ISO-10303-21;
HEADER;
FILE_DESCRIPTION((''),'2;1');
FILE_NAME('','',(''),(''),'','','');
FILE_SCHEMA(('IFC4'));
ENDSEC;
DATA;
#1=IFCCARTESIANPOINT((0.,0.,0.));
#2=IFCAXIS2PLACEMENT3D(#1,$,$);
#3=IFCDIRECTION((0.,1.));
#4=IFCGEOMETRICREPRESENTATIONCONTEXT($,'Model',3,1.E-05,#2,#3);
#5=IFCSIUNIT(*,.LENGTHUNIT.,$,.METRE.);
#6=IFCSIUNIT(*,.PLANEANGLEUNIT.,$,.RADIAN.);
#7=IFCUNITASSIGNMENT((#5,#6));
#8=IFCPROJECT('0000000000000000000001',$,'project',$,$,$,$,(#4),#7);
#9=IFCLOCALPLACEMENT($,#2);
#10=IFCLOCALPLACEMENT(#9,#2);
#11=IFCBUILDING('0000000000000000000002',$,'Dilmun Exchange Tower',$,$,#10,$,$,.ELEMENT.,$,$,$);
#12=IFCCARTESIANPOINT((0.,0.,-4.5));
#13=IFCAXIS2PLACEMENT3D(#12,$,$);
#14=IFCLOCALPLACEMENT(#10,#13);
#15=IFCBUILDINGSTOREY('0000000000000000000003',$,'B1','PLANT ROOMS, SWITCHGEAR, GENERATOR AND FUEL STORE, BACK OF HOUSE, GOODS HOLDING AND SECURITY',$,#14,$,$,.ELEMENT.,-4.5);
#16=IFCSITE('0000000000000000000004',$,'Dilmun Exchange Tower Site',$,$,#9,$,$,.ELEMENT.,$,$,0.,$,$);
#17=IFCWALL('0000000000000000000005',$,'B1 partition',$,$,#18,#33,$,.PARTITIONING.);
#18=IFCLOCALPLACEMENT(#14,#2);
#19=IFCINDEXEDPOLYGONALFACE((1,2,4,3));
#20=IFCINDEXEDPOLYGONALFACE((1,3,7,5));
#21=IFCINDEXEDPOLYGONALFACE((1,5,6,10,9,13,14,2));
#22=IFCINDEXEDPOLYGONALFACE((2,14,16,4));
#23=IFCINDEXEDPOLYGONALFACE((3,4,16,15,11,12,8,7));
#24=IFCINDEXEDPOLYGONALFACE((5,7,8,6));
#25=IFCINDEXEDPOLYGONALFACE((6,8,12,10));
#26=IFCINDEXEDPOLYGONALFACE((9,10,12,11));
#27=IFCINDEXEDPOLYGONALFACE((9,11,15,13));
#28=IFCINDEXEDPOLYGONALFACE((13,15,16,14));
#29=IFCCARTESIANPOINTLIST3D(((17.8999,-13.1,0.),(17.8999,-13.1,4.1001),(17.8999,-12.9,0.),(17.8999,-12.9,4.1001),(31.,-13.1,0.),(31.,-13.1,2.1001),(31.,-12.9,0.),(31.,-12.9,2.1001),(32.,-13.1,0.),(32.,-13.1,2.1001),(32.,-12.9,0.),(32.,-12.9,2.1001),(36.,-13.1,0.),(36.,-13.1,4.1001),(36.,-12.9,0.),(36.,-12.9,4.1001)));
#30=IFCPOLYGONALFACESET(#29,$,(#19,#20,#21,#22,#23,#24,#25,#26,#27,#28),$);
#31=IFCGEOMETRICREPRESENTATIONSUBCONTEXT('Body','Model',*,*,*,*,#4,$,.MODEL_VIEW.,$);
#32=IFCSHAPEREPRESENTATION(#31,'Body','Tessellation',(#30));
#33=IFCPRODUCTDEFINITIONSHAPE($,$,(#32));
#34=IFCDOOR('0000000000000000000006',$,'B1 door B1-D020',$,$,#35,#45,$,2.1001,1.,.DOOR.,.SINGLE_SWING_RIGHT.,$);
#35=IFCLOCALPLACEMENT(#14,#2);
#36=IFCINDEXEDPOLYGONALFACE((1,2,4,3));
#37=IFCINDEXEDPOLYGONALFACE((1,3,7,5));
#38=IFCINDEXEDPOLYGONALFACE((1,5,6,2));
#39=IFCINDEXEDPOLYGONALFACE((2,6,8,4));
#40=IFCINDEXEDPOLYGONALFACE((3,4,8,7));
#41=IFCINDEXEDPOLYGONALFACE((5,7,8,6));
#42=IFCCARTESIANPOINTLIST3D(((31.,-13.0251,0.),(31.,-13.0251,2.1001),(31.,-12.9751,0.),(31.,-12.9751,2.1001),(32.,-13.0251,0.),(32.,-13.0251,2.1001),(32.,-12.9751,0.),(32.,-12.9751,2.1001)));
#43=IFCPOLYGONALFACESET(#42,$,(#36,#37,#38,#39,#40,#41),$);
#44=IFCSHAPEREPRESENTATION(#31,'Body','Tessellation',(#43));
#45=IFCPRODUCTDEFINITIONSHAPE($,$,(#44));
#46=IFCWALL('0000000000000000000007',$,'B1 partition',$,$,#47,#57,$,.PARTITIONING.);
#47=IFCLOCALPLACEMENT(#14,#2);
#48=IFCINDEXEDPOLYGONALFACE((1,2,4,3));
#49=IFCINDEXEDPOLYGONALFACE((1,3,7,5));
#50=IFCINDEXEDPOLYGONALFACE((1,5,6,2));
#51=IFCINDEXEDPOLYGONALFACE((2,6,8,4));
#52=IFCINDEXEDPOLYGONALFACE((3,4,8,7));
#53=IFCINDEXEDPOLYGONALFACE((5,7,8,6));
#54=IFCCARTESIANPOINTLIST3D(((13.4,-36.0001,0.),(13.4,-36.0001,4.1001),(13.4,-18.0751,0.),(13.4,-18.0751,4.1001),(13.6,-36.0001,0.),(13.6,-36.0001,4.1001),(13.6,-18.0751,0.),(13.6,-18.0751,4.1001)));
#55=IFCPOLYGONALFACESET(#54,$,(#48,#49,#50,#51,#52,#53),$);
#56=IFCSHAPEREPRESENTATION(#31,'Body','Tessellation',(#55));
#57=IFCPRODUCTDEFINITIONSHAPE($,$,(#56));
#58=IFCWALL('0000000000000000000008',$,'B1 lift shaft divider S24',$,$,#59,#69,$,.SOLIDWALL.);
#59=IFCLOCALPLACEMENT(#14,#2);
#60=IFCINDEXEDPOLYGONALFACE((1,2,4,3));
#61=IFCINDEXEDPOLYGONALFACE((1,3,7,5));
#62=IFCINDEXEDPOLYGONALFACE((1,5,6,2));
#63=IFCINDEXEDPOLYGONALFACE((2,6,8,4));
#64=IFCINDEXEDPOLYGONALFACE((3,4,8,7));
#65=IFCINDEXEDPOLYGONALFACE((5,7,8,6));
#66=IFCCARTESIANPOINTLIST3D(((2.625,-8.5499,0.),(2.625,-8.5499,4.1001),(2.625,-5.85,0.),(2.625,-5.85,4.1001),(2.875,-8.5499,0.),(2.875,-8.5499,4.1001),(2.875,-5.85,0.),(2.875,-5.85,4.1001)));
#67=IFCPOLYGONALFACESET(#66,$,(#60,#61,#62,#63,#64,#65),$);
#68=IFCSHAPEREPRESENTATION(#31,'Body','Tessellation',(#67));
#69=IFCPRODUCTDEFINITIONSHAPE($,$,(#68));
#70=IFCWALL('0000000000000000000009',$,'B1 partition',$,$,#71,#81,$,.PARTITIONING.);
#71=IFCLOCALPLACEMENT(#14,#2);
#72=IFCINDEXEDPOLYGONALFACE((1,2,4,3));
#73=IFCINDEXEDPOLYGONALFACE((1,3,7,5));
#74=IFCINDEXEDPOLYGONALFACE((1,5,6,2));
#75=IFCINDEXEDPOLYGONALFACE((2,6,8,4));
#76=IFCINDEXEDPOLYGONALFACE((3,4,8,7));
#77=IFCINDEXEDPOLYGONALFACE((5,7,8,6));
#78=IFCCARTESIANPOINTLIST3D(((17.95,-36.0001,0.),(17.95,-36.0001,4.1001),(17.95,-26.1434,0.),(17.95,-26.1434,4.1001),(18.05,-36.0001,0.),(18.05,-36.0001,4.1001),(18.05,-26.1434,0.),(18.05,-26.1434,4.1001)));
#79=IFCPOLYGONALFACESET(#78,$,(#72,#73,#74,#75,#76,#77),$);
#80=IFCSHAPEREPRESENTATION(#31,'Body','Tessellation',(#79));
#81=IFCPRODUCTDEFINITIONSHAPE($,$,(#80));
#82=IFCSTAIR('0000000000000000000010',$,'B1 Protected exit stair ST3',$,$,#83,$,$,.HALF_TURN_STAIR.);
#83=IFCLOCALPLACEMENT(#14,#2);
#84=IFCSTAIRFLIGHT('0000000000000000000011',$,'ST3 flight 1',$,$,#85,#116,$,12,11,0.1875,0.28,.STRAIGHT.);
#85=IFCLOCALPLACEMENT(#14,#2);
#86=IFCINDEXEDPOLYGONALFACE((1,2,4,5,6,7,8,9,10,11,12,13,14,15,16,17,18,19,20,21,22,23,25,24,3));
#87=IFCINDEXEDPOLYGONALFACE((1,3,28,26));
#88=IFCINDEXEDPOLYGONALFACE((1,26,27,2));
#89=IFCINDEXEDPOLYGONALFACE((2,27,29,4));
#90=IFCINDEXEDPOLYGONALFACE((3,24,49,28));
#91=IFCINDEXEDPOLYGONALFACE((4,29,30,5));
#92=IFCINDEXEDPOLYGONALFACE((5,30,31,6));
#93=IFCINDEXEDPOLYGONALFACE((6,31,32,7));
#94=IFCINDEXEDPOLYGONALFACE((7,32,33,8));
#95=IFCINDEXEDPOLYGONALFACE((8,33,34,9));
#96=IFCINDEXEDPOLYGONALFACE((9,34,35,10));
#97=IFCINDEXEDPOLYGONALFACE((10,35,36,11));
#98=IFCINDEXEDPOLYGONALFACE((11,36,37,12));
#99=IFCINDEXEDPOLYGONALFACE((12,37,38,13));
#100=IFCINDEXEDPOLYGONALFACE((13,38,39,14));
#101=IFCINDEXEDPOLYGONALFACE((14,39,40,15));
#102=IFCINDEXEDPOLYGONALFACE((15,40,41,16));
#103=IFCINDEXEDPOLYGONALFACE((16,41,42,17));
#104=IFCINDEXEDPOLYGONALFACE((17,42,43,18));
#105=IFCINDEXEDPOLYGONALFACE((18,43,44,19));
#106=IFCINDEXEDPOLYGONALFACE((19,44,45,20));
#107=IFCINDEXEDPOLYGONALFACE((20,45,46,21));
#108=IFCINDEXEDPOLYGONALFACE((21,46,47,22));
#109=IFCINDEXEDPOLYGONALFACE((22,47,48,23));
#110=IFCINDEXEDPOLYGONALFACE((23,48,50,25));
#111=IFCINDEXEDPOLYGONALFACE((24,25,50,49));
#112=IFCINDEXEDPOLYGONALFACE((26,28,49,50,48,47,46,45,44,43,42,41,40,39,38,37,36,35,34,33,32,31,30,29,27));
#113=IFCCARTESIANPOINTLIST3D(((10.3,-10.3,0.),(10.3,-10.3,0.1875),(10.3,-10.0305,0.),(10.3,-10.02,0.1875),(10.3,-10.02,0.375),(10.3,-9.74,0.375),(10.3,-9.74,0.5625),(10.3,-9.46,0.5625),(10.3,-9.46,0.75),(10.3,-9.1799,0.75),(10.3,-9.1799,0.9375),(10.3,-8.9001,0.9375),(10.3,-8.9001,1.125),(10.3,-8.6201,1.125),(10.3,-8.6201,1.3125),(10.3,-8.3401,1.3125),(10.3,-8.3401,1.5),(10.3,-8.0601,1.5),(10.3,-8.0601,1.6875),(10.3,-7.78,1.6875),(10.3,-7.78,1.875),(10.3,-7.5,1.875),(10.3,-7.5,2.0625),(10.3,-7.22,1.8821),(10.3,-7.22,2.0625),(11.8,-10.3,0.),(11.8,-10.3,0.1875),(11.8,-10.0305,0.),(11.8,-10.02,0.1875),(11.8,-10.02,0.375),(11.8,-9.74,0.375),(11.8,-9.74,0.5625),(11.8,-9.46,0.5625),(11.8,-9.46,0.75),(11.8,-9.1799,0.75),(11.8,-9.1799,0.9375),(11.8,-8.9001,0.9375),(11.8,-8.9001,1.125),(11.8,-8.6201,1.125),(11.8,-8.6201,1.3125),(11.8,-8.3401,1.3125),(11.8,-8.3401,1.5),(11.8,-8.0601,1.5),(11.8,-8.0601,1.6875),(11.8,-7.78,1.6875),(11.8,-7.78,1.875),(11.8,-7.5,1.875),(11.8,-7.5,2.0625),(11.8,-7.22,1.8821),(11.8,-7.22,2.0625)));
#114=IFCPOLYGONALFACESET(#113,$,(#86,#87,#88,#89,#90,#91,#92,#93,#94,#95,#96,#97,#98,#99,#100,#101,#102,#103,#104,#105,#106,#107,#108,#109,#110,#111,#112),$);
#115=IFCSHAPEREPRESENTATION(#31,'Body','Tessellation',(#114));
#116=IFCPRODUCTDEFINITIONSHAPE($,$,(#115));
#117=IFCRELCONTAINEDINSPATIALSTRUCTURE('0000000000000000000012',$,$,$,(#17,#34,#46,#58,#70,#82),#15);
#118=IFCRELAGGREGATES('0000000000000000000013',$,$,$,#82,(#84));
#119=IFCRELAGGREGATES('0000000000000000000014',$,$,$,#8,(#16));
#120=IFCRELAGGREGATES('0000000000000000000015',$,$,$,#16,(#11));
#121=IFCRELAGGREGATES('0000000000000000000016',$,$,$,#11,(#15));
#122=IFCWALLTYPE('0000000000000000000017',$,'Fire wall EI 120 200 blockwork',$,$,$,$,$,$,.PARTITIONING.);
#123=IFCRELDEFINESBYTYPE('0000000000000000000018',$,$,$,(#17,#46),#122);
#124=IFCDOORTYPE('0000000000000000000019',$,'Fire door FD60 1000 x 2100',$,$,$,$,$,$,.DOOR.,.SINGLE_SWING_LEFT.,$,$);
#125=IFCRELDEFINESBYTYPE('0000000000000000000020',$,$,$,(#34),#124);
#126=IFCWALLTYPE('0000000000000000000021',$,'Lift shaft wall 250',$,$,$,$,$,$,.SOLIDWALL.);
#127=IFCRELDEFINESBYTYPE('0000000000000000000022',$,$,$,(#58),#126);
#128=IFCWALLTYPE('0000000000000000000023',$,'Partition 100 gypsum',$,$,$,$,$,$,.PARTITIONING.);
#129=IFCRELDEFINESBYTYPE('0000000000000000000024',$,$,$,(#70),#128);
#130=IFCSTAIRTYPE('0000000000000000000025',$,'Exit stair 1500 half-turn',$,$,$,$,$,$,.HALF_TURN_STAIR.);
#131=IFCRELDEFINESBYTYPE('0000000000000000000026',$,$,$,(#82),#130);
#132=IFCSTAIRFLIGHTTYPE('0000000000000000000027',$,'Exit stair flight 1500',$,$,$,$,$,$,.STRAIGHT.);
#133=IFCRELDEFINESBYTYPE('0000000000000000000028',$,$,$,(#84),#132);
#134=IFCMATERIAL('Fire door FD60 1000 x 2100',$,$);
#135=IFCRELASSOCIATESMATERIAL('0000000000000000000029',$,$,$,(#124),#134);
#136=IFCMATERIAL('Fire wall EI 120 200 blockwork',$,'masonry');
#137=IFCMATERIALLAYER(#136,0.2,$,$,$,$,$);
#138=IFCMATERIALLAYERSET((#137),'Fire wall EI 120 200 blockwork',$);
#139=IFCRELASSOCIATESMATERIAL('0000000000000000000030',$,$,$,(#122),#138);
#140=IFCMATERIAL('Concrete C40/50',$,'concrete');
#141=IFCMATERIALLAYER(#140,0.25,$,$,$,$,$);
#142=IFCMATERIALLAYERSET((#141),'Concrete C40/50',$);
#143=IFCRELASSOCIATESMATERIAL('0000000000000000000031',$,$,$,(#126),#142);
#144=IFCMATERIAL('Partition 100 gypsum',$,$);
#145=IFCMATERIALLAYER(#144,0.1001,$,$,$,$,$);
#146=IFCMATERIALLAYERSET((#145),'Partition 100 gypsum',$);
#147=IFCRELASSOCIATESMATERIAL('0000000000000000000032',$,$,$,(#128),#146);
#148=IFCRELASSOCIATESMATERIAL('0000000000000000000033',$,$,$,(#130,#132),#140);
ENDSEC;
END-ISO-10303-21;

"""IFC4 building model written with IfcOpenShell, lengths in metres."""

from ifc_helpers import new_model, si_unit, direction, frame, frame_2d, origin, place, context, subcontext, project, spatial, polyline, rectangle, outline, extrude, material, layer, layer_set, type_object, element, fill, aggregate, save


model = new_model("IFC4")

# Units and contexts
model_context = context("Model", 3, precision=1e-05, world=origin(), true_north=direction((0.0, 1.0)))
body_context = subcontext(model_context, "Body", "Model", "MODEL_VIEW")
ifc_project = project(units=[si_unit("LENGTHUNIT", "METRE"), si_unit("PLANEANGLEUNIT", "RADIAN")], contexts=[model_context])

# Site, building, storey
site_placement = place(None, origin())
site = spatial("IfcSite", under=ifc_project, at=site_placement, Name="Dilmun Exchange Tower Site", CompositionType="ELEMENT", RefElevation=0.0)
building_placement = place(site_placement, origin())
building = spatial("IfcBuilding", under=site, at=building_placement, Name="Dilmun Exchange Tower", CompositionType="ELEMENT")
storey_placement = place(building_placement, frame((0.0, 0.0, -4.5)))
storey = spatial("IfcBuildingStorey", under=building, at=storey_placement, Name="B1", Description="PLANT ROOMS, SWITCHGEAR, GENERATOR AND FUEL STORE, BACK OF HOUSE, GOODS HOLDING AND SECURITY", CompositionType="ELEMENT", Elevation=-4.5)

# Shared definitions
ifc_material_1 = material(Name="Concrete C40/50", Category="concrete")

# Shared definitions
ifc_material_2 = material(Name="Fire door FD60 1000 x 2100")
door_type_1 = type_object("IfcDoorType", Name="Fire door FD60 1000 x 2100", OperationType="SINGLE_SWING_LEFT", PredefinedType="DOOR", material=ifc_material_2)
ifc_material_3 = material(Name="Fire wall EI 120 200 blockwork", Category="masonry")
ifc_layer_1 = layer(ifc_material_3, 0.2)
ifc_layer_set_1 = layer_set([ifc_layer_1], Name="Fire wall EI 120 200 blockwork")
wall_type_1 = type_object("IfcWallType", Name="Fire wall EI 120 200 blockwork", PredefinedType="PARTITIONING", material=ifc_layer_set_1)

# Wall, opening, door
wall_1_placement = place(storey_placement, frame((17.8999, -13.0, 0.0), z_axis=(0.0, 0.0, 1.0), x_axis=(1.0, 0.0, 0.0)))
wall_1 = element("IfcWall", 1, at=wall_1_placement, inside=storey, type_object=wall_type_1, Name="B1 partition", PredefinedType="PARTITIONING", context=body_context, shape_type="SweptSolid", body=[
    extrude(rectangle(XDim=18.1001, YDim=0.2, at=frame_2d((9.05, 0.0))), origin(), (0.0, 0.0, 1.0), 4.1001),
])
opening_1_placement = place(wall_1_placement, frame((13.1001, 0.0, 0.0)))
opening_1 = element("IfcOpeningElement", 2, at=opening_1_placement, cuts=wall_1, PredefinedType="OPENING", context=body_context, shape_type="SweptSolid", body=[
    extrude(rectangle(XDim=1.0, YDim=2.1001, at=frame_2d((0.5, 1.05))), frame((0.0, 0.1099, 0.0), z_axis=(0.0, -1.0, 0.0), x_axis=(1.0, 0.0, 0.0)), (0.0, 0.0, 1.0), 0.22),
])
door_1_placement = place(opening_1_placement, origin())
door_1 = element("IfcDoor", 3, at=door_1_placement, inside=storey, type_object=door_type_1, Name="B1 door B1-D020", OperationType="SINGLE_SWING_RIGHT", OverallHeight=2.1001, OverallWidth=1.0, PredefinedType="DOOR", context=body_context, shape_type="SweptSolid", body=[
    extrude(rectangle(XDim=1.0, YDim=2.1001, at=frame_2d((0.5, 1.05))), frame((0.0, 0.0249, 0.0), z_axis=(0.0, -1.0, 0.0), x_axis=(1.0, 0.0, 0.0)), (0.0, 0.0, 1.0), 0.05),
])
fill(opening_1, door_1)

# Walls
wall_2_placement = place(storey_placement, frame((13.5, -36.0, 0.0), z_axis=(0.0, 0.0, 1.0), x_axis=(0.0, 1.0, 0.0)))
element("IfcWall", 4, at=wall_2_placement, inside=storey, type_object=wall_type_1, Name="B1 partition", PredefinedType="PARTITIONING", context=body_context, shape_type="SweptSolid", body=[
    extrude(rectangle(XDim=17.925, YDim=0.2, at=frame_2d((8.9624, 0.0))), origin(), (0.0, 0.0, 1.0), 4.1001),
])
ifc_layer_2 = layer(ifc_material_1, 0.25)
ifc_layer_set_2 = layer_set([ifc_layer_2], Name="Concrete C40/50")
wall_type_2 = type_object("IfcWallType", Name="Lift shaft wall 250", PredefinedType="SOLIDWALL", material=ifc_layer_set_2)
wall_3_placement = place(storey_placement, frame((2.75, -8.55, 0.0), z_axis=(0.0, 0.0, 1.0), x_axis=(0.0, 1.0, 0.0)))
element("IfcWall", 5, at=wall_3_placement, inside=storey, type_object=wall_type_2, Name="B1 lift shaft divider S24", PredefinedType="SOLIDWALL", context=body_context, shape_type="SweptSolid", body=[
    extrude(rectangle(XDim=2.7, YDim=0.25, at=frame_2d((1.3501, 0.0))), origin(), (0.0, 0.0, 1.0), 4.1001),
])
ifc_material_4 = material(Name="Partition 100 gypsum")
ifc_layer_3 = layer(ifc_material_4, 0.1001)
ifc_layer_set_3 = layer_set([ifc_layer_3], Name="Partition 100 gypsum")
wall_type_3 = type_object("IfcWallType", Name="Partition 100 gypsum", PredefinedType="PARTITIONING", material=ifc_layer_set_3)
wall_4_placement = place(storey_placement, frame((18.0, -36.0, 0.0), z_axis=(0.0, 0.0, 1.0), x_axis=(0.0, 1.0, 0.0)))
element("IfcWall", 6, at=wall_4_placement, inside=storey, type_object=wall_type_3, Name="B1 partition", PredefinedType="PARTITIONING", context=body_context, shape_type="SweptSolid", body=[
    extrude(rectangle(XDim=9.8567, YDim=0.1001, at=frame_2d((4.9282, 0.0))), origin(), (0.0, 0.0, 1.0), 4.1001),
])

# Stair, stair flight
stair_type = type_object("IfcStairType", Name="Exit stair 1500 half-turn", PredefinedType="HALF_TURN_STAIR", material=ifc_material_1)
stair_placement = place(storey_placement, origin())
stair = element("IfcStair", 7, at=stair_placement, inside=storey, type_object=stair_type, Name="B1 Protected exit stair ST3", PredefinedType="HALF_TURN_STAIR")
stair_flight_type = type_object("IfcStairFlightType", Name="Exit stair flight 1500", PredefinedType="STRAIGHT", material=ifc_material_1)
stair_flight_placement = place(storey_placement, frame((11.05, -10.3, 0.0), z_axis=(0.0, 0.0, 1.0), x_axis=(0.0, 1.0, 0.0)))
stair_flight = element("IfcStairFlight", 8, at=stair_flight_placement, type_object=stair_flight_type, Name="ST3 flight 1", NumberOfRisers=12, NumberOfTreads=11, PredefinedType="STRAIGHT", RiserHeight=0.1875, TreadLength=0.28, context=body_context, shape_type="SweptSolid", body=[
    extrude(outline(polyline([(0.0, 0.0), (0.0, 0.1875), (0.28, 0.1875), (0.28, 0.375), (0.5601, 0.375), (0.5601, 0.5625), (0.8401, 0.5625), (0.8401, 0.75), (1.1201, 0.75), (1.1201, 0.9375), (1.3999, 0.9375), (1.3999, 1.125), (1.6799, 1.125), (1.6799, 1.3125), (1.96, 1.3125), (1.96, 1.5), (2.24, 1.5), (2.24, 1.6875), (2.52, 1.6875), (2.52, 1.875), (2.8, 1.875), (2.8, 2.0625), (3.0801, 2.0625), (3.0801, 2.25), (3.0801, 1.8821), (0.2695, 0.0), (0.0, 0.0)])), frame((0.0, 0.75, 0.0), z_axis=(0.0, -1.0, 0.0), x_axis=(1.0, 0.0, 0.0)), (0.0, 0.0, 1.0), 1.5),
])
aggregate(stair, [stair_flight])

save(model, "model.ifc")
